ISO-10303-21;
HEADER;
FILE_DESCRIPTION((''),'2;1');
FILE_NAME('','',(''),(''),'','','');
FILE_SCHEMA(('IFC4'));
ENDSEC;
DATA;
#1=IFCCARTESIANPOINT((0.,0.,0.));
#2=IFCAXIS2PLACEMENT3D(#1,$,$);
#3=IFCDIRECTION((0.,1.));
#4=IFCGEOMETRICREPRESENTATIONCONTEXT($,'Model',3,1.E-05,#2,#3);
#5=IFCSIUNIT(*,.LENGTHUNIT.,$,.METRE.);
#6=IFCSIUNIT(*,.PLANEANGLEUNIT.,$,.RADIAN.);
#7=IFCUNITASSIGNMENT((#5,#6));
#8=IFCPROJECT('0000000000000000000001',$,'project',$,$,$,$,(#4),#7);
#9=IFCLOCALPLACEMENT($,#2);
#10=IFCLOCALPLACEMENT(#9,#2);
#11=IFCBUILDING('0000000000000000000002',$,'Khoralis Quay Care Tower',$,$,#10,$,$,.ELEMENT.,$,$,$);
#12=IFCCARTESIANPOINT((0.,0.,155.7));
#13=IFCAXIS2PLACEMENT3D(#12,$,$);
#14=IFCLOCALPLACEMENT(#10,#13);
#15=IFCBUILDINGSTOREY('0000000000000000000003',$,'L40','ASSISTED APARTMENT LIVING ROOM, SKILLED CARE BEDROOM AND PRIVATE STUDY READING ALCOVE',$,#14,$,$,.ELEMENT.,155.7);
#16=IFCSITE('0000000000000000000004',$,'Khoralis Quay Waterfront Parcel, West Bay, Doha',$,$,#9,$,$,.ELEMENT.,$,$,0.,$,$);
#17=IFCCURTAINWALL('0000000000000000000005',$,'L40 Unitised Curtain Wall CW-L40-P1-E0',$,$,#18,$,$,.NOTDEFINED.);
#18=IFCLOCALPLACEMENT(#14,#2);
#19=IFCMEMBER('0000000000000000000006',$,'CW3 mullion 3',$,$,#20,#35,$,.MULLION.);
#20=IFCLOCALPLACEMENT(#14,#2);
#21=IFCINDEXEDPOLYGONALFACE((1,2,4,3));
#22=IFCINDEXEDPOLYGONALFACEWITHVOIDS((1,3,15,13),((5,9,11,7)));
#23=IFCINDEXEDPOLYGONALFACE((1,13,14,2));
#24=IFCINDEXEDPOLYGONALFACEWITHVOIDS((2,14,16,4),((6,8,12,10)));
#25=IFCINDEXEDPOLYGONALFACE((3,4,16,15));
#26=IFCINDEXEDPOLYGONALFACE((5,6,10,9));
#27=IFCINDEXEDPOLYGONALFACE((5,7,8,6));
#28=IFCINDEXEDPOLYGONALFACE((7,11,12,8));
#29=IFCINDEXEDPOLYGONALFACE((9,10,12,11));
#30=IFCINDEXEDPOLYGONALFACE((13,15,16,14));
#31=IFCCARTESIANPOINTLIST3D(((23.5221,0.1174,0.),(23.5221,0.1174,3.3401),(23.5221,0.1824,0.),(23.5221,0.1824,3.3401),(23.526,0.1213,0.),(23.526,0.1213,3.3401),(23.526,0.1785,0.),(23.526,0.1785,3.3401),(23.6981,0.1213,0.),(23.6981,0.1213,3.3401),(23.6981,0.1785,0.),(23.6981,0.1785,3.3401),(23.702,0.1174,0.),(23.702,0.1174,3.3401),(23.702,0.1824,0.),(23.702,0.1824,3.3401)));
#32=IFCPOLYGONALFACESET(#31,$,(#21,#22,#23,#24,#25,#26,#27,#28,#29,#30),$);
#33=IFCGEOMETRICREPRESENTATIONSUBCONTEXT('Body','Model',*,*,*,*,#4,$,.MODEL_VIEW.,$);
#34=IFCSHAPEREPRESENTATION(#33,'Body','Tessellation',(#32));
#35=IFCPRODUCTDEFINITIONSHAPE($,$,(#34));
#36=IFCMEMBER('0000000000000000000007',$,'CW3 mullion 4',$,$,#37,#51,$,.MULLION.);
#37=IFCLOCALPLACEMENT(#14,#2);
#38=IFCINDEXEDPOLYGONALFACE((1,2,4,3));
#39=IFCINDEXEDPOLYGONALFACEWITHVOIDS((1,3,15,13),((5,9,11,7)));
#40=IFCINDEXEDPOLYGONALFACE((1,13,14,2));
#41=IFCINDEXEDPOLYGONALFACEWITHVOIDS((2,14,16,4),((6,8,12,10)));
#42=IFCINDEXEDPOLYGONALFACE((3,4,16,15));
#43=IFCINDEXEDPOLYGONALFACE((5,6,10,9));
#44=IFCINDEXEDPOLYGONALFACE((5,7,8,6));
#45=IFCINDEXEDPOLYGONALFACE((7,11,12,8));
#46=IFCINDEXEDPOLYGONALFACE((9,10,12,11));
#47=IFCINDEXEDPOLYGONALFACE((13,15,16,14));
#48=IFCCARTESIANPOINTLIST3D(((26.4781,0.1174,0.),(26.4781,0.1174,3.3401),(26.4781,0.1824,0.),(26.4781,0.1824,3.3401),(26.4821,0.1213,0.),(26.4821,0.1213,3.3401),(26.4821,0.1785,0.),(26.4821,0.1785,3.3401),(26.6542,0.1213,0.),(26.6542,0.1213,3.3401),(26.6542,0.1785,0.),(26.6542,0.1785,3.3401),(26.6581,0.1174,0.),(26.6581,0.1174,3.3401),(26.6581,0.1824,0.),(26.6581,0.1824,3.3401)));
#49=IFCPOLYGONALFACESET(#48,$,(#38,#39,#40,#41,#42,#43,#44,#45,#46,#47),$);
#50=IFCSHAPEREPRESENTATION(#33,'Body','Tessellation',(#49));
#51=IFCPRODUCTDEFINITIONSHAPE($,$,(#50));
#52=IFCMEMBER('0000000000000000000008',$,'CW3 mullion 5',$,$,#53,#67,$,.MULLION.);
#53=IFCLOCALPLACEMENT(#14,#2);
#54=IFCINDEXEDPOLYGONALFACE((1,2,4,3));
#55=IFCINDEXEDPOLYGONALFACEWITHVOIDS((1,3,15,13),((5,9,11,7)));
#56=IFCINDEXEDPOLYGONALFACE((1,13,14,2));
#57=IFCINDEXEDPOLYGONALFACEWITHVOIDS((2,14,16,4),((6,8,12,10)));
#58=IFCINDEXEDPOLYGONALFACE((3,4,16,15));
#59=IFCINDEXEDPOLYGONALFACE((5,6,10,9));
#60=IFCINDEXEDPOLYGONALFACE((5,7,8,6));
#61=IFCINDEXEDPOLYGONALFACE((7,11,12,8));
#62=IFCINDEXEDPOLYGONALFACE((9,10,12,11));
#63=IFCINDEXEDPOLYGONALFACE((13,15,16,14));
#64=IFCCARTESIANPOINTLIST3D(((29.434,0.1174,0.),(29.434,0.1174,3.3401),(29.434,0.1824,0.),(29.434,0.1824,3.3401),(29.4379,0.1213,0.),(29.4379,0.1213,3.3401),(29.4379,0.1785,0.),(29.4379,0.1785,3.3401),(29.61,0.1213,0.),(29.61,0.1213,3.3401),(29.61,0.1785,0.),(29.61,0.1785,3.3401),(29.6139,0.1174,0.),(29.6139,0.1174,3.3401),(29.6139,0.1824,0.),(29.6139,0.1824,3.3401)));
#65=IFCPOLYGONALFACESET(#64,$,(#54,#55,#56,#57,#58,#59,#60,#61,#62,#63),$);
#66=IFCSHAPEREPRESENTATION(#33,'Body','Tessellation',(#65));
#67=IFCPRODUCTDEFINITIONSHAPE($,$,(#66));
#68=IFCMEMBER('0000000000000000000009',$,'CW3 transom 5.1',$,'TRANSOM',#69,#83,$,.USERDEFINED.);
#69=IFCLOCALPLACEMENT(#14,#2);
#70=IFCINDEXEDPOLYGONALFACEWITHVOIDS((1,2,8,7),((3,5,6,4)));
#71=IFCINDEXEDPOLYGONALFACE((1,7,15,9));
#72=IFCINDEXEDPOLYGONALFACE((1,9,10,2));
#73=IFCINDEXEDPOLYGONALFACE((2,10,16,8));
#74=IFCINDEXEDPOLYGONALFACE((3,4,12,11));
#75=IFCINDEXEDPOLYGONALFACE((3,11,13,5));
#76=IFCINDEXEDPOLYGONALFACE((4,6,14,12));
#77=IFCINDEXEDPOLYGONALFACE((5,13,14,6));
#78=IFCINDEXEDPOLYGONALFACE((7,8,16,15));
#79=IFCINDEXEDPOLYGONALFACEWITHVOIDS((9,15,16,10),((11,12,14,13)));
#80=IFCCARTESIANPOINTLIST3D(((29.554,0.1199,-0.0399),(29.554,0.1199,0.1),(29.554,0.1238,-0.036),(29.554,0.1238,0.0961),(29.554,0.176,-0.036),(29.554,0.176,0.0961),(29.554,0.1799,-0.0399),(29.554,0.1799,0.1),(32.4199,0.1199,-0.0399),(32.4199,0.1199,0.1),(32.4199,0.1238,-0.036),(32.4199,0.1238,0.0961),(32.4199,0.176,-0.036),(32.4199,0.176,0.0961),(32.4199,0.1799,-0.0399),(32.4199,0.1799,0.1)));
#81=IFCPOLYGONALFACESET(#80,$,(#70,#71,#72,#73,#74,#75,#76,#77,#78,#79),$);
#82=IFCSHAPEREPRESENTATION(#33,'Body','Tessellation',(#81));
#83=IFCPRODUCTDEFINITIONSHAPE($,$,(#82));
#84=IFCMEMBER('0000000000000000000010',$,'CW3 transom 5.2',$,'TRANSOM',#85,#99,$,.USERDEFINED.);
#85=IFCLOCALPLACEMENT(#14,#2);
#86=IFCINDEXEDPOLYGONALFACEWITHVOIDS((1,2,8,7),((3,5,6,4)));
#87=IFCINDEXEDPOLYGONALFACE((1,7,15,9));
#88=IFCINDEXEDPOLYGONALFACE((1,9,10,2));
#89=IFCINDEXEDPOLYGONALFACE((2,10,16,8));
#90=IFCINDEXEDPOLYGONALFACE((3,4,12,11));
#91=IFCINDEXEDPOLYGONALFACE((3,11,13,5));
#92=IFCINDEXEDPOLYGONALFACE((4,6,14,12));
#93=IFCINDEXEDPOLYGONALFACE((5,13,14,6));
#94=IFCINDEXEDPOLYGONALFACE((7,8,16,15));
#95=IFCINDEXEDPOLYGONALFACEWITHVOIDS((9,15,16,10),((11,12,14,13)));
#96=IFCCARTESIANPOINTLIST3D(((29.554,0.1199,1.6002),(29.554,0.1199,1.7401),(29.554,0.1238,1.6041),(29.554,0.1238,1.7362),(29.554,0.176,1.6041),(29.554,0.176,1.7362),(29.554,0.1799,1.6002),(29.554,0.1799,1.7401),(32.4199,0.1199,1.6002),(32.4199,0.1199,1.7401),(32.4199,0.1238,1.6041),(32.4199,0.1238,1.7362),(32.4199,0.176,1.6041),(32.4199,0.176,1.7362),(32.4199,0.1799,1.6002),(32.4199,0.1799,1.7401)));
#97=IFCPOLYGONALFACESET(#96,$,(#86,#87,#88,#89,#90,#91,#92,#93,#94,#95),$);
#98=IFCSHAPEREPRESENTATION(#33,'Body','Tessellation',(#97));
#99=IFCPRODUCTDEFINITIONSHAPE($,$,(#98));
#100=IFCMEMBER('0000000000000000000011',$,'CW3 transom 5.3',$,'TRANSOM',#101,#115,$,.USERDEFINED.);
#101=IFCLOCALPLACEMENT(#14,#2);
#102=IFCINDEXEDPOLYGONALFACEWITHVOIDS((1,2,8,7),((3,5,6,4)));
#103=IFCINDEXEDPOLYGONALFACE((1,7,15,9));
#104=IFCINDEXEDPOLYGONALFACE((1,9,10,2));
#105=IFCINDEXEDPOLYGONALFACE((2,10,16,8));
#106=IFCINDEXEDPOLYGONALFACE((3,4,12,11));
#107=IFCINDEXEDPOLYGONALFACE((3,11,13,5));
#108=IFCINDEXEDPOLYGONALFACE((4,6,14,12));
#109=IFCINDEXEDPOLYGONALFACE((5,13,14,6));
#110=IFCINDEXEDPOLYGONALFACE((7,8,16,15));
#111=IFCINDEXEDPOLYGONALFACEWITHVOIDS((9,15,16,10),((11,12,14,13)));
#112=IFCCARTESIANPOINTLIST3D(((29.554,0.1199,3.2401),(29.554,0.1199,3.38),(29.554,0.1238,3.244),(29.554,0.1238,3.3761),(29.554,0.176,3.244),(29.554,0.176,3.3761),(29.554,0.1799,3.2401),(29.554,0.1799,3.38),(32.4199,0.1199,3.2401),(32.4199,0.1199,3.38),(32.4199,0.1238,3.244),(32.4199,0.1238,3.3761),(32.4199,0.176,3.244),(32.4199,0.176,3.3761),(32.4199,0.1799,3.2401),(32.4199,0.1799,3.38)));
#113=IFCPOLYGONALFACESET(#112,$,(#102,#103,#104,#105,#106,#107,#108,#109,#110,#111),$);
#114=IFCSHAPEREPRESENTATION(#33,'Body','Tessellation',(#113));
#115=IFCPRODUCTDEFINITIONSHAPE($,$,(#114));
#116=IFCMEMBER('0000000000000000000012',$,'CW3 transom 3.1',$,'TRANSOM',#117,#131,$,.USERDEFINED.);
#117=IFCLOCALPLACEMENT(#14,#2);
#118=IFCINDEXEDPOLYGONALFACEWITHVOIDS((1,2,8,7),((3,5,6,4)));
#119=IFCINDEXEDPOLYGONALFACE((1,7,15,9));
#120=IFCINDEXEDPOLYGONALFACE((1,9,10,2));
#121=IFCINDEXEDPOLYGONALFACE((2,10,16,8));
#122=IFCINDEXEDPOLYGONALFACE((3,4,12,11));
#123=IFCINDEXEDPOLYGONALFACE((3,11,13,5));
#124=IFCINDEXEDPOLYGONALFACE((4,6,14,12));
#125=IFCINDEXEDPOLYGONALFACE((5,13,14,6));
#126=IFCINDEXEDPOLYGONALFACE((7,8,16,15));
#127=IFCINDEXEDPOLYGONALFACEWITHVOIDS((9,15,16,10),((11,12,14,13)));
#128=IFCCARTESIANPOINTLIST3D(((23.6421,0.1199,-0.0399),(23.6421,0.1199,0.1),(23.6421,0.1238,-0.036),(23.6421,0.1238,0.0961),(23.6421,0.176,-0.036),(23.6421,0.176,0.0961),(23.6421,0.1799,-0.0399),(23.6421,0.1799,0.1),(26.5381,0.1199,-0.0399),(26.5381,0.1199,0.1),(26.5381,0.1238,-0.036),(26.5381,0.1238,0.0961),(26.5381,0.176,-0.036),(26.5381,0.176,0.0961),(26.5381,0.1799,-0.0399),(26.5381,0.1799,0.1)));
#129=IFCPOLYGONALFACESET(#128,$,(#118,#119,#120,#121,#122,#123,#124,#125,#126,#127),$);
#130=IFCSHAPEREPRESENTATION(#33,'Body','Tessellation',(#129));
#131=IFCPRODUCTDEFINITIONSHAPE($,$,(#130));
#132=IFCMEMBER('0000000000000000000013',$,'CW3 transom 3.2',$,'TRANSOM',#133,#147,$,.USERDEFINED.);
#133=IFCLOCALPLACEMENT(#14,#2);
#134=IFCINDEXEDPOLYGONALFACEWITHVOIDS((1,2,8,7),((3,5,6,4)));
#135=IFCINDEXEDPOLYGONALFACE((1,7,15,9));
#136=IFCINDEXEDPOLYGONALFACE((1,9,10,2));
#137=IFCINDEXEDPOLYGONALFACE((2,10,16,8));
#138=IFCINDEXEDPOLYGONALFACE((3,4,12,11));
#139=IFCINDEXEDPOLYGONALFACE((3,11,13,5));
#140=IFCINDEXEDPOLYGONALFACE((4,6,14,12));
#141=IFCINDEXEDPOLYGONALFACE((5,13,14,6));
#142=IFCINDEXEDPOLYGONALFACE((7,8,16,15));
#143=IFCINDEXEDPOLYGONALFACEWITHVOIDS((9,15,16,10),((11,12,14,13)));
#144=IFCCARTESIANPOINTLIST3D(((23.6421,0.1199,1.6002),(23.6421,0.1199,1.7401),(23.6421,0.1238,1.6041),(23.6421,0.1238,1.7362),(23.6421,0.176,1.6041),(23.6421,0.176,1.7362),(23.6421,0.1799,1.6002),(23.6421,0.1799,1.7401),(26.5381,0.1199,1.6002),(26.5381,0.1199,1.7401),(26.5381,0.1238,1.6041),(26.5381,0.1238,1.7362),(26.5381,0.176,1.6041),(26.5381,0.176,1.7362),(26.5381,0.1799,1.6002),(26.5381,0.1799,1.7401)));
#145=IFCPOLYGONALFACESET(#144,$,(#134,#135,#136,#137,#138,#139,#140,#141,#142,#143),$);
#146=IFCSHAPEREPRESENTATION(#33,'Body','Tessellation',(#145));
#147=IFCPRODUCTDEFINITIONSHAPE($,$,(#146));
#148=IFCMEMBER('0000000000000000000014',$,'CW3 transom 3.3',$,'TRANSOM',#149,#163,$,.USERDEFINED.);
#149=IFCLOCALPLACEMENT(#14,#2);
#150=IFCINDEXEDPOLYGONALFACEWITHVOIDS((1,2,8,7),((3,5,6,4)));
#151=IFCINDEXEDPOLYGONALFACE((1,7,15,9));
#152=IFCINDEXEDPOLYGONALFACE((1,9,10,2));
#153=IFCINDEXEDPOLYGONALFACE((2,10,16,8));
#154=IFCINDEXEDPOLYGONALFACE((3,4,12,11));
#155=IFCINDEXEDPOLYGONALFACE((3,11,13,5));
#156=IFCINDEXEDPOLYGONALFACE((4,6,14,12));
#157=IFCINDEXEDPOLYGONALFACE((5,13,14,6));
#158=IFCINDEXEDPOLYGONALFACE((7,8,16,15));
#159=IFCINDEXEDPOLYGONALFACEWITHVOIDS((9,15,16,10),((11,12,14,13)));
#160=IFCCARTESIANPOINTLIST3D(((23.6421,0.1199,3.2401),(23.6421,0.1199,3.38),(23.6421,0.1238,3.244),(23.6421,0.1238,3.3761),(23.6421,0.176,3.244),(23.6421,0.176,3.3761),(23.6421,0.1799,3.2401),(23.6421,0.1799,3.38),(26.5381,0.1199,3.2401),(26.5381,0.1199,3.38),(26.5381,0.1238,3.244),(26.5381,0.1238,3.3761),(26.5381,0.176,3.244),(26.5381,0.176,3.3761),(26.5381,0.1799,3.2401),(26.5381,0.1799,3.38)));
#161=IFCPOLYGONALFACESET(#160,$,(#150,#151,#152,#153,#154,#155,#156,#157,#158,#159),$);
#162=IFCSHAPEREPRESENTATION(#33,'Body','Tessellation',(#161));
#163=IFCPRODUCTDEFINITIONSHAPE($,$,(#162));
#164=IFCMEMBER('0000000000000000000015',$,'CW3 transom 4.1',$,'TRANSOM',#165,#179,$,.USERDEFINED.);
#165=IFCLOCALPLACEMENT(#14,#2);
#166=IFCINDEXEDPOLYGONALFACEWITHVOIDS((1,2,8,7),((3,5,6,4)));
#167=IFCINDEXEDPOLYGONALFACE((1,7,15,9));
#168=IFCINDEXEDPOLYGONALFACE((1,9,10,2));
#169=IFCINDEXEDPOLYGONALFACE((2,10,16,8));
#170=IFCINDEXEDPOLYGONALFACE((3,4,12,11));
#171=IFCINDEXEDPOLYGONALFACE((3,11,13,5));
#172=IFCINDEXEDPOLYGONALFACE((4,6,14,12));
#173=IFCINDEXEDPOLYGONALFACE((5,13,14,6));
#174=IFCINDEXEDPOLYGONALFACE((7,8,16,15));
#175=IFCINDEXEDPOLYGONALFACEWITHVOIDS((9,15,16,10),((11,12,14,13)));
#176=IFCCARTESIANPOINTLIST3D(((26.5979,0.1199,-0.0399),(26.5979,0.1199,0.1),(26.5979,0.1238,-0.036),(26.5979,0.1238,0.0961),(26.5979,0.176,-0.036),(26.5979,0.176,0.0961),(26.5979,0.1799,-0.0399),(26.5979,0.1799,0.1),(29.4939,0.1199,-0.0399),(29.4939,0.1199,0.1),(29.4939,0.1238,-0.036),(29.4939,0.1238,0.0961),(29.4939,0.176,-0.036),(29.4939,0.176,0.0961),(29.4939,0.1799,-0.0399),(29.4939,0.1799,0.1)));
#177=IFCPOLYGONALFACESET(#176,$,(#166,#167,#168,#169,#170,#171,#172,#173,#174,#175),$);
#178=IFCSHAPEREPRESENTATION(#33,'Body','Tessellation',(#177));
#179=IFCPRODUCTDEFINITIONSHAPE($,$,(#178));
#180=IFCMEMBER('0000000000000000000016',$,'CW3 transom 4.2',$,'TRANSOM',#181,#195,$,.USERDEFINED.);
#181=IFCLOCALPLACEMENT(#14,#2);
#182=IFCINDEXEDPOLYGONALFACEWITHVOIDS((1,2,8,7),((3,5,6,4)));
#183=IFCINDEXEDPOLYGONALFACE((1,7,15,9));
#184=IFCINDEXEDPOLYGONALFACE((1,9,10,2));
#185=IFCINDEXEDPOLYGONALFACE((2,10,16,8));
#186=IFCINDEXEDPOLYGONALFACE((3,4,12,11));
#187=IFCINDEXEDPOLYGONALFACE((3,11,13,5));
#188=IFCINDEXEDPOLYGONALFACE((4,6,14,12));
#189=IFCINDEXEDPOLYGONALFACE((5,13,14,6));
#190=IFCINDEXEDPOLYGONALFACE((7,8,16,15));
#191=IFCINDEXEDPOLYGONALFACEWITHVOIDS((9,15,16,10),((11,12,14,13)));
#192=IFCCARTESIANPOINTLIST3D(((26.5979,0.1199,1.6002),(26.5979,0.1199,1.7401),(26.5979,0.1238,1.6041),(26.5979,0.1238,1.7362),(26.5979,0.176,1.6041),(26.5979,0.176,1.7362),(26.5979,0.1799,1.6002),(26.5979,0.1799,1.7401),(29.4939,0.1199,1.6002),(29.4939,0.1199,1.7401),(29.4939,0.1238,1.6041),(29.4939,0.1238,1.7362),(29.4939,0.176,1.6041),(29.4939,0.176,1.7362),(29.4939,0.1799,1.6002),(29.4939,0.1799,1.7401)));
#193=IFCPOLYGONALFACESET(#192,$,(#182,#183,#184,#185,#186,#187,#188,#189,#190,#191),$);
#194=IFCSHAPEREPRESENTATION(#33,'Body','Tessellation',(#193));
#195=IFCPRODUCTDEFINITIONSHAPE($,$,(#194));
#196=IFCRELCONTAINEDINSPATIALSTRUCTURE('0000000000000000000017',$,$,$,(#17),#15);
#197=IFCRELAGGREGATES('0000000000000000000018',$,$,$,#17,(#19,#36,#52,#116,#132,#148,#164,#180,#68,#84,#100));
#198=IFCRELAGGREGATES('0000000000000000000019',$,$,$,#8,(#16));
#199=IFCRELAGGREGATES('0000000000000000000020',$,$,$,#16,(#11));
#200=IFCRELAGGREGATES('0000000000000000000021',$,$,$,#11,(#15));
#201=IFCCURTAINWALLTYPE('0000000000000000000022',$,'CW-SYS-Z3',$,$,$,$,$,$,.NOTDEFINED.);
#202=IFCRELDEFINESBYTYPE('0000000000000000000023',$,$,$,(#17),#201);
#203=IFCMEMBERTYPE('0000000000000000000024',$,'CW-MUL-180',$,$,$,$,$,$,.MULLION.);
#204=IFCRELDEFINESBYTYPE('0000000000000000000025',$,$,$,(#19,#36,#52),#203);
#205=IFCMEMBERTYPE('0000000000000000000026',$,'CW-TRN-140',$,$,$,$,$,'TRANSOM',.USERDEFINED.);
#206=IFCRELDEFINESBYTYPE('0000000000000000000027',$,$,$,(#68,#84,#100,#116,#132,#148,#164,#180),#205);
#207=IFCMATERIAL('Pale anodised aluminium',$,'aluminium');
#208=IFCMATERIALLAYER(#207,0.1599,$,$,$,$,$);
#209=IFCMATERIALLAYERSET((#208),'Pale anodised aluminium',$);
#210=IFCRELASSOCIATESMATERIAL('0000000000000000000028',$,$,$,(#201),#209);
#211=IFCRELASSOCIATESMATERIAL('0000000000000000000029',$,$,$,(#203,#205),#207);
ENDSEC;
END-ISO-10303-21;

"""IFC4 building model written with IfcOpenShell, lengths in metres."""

from ifc_helpers import new_model, si_unit, direction, frame, origin, origin_2d, place, context, subcontext, project, spatial, hollow_rectangle, extrude, source, transform, mapped, material, layer, layer_set, material_profile, profile_set, type_object, element, aggregate, save


model = new_model("IFC4")

# Units and contexts
model_context = context("Model", 3, precision=1e-05, world=origin(), true_north=direction((0.0, 1.0)))
body_context = subcontext(model_context, "Body", "Model", "MODEL_VIEW")
ifc_project = project(units=[si_unit("LENGTHUNIT", "METRE"), si_unit("PLANEANGLEUNIT", "RADIAN")], contexts=[model_context])

# Site, building, storey
site_placement = place(None, origin())
site = spatial("IfcSite", under=ifc_project, at=site_placement, Name="Khoralis Quay Waterfront Parcel, West Bay, Doha", CompositionType="ELEMENT", RefElevation=0.0)
building_placement = place(site_placement, origin())
building = spatial("IfcBuilding", under=site, at=building_placement, Name="Khoralis Quay Care Tower", CompositionType="ELEMENT")
storey_placement = place(building_placement, frame((0.0, 0.0, 155.7)))
storey = spatial("IfcBuildingStorey", under=building, at=storey_placement, Name="L40", Description="ASSISTED APARTMENT LIVING ROOM, SKILLED CARE BEDROOM AND PRIVATE STUDY READING ALCOVE", CompositionType="ELEMENT", Elevation=155.7)

# Curtain wall, members
ifc_material_1 = material(Name="Pale anodised aluminium", Category="aluminium")
ifc_layer_1 = layer(ifc_material_1, 0.1599)
ifc_layer_set_1 = layer_set([ifc_layer_1], Name="Pale anodised aluminium")
curtain_wall_type = type_object("IfcCurtainWallType", Name="CW-SYS-Z3", PredefinedType="NOTDEFINED", material=ifc_layer_set_1)
curtain_wall_placement = place(storey_placement, origin())
curtain_wall = element("IfcCurtainWall", 1, at=curtain_wall_placement, inside=storey, type_object=curtain_wall_type, Name="L40 Unitised Curtain Wall CW-L40-P1-E0", PredefinedType="NOTDEFINED")
ifc_material_profile_1 = material_profile(ifc_material_1, hollow_rectangle(XDim=0.0649, YDim=0.1799, WallThickness=0.0039, at=origin_2d()), Name="Pale anodised aluminium")
ifc_profile_set_1 = profile_set([ifc_material_profile_1], Name="Pale anodised aluminium")
member_type_1 = type_object("IfcMemberType", Name="CW-MUL-180", PredefinedType="MULLION", material=ifc_profile_set_1)
shared_shape_1 = source(origin(), body_context, "Body", "SweptSolid", [
    extrude(hollow_rectangle(XDim=0.0649, YDim=0.1799, WallThickness=0.0039, at=origin_2d()), origin(), (0.0, 0.0, 1.0), 3.3401),
])
member_1_placement = place(storey_placement, frame((23.6121, 0.1499, 0.0), z_axis=(0.0, 0.0, 1.0), x_axis=(0.0, 1.0, 0.0)))
member_1 = element("IfcMember", 2, at=member_1_placement, type_object=member_type_1, Name="CW3 mullion 3", PredefinedType="MULLION", context=body_context, shape_type="MappedRepresentation", body=[
    mapped(shared_shape_1, transform((0.0, 0.0, 0.0), scale=1.0)),
])
member_2_placement = place(storey_placement, frame((26.5681, 0.1499, 0.0), z_axis=(0.0, 0.0, 1.0), x_axis=(0.0, 1.0, 0.0)))
member_2 = element("IfcMember", 3, at=member_2_placement, type_object=member_type_1, Name="CW3 mullion 4", PredefinedType="MULLION", context=body_context, shape_type="MappedRepresentation", body=[
    mapped(shared_shape_1, transform((0.0, 0.0, 0.0), scale=1.0)),
])
member_3_placement = place(storey_placement, frame((29.5239, 0.1499, 0.0), z_axis=(0.0, 0.0, 1.0), x_axis=(0.0, 1.0, 0.0)))
member_3 = element("IfcMember", 4, at=member_3_placement, type_object=member_type_1, Name="CW3 mullion 5", PredefinedType="MULLION", context=body_context, shape_type="MappedRepresentation", body=[
    mapped(shared_shape_1, transform((0.0, 0.0, 0.0), scale=1.0)),
])
ifc_material_profile_2 = material_profile(ifc_material_1, hollow_rectangle(XDim=0.0601, YDim=0.1399, WallThickness=0.0039, at=origin_2d()), Name="Pale anodised aluminium")
ifc_profile_set_2 = profile_set([ifc_material_profile_2], Name="Pale anodised aluminium")
member_type_2 = type_object("IfcMemberType", Name="CW-TRN-140", ElementType="TRANSOM", PredefinedType="USERDEFINED", material=ifc_profile_set_2)
shared_shape_2 = source(origin(), body_context, "Body", "SweptSolid", [
    extrude(hollow_rectangle(XDim=0.0601, YDim=0.1399, WallThickness=0.0039, at=origin_2d()), origin(), (0.0, 0.0, 1.0), 2.866),
])
member_4_placement = place(storey_placement, frame((29.554, 0.1499, 0.03), z_axis=(1.0, 0.0, 0.0), x_axis=(0.0, 1.0, 0.0)))
member_4 = element("IfcMember", 5, at=member_4_placement, type_object=member_type_2, Name="CW3 transom 5.1", ObjectType="TRANSOM", PredefinedType="USERDEFINED", context=body_context, shape_type="MappedRepresentation", body=[
    mapped(shared_shape_2, transform((0.0, 0.0, 0.0), scale=1.0)),
])
member_5_placement = place(storey_placement, frame((29.554, 0.1499, 1.6702), z_axis=(1.0, 0.0, 0.0), x_axis=(0.0, 1.0, 0.0)))
member_5 = element("IfcMember", 6, at=member_5_placement, type_object=member_type_2, Name="CW3 transom 5.2", ObjectType="TRANSOM", PredefinedType="USERDEFINED", context=body_context, shape_type="MappedRepresentation", body=[
    mapped(shared_shape_2, transform((0.0, 0.0, 0.0), scale=1.0)),
])
member_6_placement = place(storey_placement, frame((29.554, 0.1499, 3.3101), z_axis=(1.0, 0.0, 0.0), x_axis=(0.0, 1.0, 0.0)))
member_6 = element("IfcMember", 7, at=member_6_placement, type_object=member_type_2, Name="CW3 transom 5.3", ObjectType="TRANSOM", PredefinedType="USERDEFINED", context=body_context, shape_type="MappedRepresentation", body=[
    mapped(shared_shape_2, transform((0.0, 0.0, 0.0), scale=1.0)),
])
shared_shape_3 = source(origin(), body_context, "Body", "SweptSolid", [
    extrude(hollow_rectangle(XDim=0.0601, YDim=0.1399, WallThickness=0.0039, at=origin_2d()), origin(), (0.0, 0.0, 1.0), 2.896),
])
member_7_placement = place(storey_placement, frame((23.6421, 0.1499, 0.03), z_axis=(1.0, 0.0, 0.0), x_axis=(0.0, 1.0, 0.0)))
member_7 = element("IfcMember", 8, at=member_7_placement, type_object=member_type_2, Name="CW3 transom 3.1", ObjectType="TRANSOM", PredefinedType="USERDEFINED", context=body_context, shape_type="MappedRepresentation", body=[
    mapped(shared_shape_3, transform((0.0, 0.0, 0.0), scale=1.0)),
])
member_8_placement = place(storey_placement, frame((23.6421, 0.1499, 1.6702), z_axis=(1.0, 0.0, 0.0), x_axis=(0.0, 1.0, 0.0)))
member_8 = element("IfcMember", 9, at=member_8_placement, type_object=member_type_2, Name="CW3 transom 3.2", ObjectType="TRANSOM", PredefinedType="USERDEFINED", context=body_context, shape_type="MappedRepresentation", body=[
    mapped(shared_shape_3, transform((0.0, 0.0, 0.0), scale=1.0)),
])
member_9_placement = place(storey_placement, frame((23.6421, 0.1499, 3.3101), z_axis=(1.0, 0.0, 0.0), x_axis=(0.0, 1.0, 0.0)))
member_9 = element("IfcMember", 10, at=member_9_placement, type_object=member_type_2, Name="CW3 transom 3.3", ObjectType="TRANSOM", PredefinedType="USERDEFINED", context=body_context, shape_type="MappedRepresentation", body=[
    mapped(shared_shape_3, transform((0.0, 0.0, 0.0), scale=1.0)),
])
member_10_placement = place(storey_placement, frame((26.5979, 0.1499, 0.03), z_axis=(1.0, 0.0, 0.0), x_axis=(0.0, 1.0, 0.0)))
member_10 = element("IfcMember", 11, at=member_10_placement, type_object=member_type_2, Name="CW3 transom 4.1", ObjectType="TRANSOM", PredefinedType="USERDEFINED", context=body_context, shape_type="MappedRepresentation", body=[
    mapped(shared_shape_3, transform((0.0, 0.0, 0.0), scale=1.0)),
])
member_11_placement = place(storey_placement, frame((26.5979, 0.1499, 1.6702), z_axis=(1.0, 0.0, 0.0), x_axis=(0.0, 1.0, 0.0)))
member_11 = element("IfcMember", 12, at=member_11_placement, type_object=member_type_2, Name="CW3 transom 4.2", ObjectType="TRANSOM", PredefinedType="USERDEFINED", context=body_context, shape_type="MappedRepresentation", body=[
    mapped(shared_shape_3, transform((0.0, 0.0, 0.0), scale=1.0)),
])
aggregate(curtain_wall, [member_1, member_2, member_3, member_7, member_8, member_9, member_10, member_11, member_4, member_5, member_6])

save(model, "model.ifc")
